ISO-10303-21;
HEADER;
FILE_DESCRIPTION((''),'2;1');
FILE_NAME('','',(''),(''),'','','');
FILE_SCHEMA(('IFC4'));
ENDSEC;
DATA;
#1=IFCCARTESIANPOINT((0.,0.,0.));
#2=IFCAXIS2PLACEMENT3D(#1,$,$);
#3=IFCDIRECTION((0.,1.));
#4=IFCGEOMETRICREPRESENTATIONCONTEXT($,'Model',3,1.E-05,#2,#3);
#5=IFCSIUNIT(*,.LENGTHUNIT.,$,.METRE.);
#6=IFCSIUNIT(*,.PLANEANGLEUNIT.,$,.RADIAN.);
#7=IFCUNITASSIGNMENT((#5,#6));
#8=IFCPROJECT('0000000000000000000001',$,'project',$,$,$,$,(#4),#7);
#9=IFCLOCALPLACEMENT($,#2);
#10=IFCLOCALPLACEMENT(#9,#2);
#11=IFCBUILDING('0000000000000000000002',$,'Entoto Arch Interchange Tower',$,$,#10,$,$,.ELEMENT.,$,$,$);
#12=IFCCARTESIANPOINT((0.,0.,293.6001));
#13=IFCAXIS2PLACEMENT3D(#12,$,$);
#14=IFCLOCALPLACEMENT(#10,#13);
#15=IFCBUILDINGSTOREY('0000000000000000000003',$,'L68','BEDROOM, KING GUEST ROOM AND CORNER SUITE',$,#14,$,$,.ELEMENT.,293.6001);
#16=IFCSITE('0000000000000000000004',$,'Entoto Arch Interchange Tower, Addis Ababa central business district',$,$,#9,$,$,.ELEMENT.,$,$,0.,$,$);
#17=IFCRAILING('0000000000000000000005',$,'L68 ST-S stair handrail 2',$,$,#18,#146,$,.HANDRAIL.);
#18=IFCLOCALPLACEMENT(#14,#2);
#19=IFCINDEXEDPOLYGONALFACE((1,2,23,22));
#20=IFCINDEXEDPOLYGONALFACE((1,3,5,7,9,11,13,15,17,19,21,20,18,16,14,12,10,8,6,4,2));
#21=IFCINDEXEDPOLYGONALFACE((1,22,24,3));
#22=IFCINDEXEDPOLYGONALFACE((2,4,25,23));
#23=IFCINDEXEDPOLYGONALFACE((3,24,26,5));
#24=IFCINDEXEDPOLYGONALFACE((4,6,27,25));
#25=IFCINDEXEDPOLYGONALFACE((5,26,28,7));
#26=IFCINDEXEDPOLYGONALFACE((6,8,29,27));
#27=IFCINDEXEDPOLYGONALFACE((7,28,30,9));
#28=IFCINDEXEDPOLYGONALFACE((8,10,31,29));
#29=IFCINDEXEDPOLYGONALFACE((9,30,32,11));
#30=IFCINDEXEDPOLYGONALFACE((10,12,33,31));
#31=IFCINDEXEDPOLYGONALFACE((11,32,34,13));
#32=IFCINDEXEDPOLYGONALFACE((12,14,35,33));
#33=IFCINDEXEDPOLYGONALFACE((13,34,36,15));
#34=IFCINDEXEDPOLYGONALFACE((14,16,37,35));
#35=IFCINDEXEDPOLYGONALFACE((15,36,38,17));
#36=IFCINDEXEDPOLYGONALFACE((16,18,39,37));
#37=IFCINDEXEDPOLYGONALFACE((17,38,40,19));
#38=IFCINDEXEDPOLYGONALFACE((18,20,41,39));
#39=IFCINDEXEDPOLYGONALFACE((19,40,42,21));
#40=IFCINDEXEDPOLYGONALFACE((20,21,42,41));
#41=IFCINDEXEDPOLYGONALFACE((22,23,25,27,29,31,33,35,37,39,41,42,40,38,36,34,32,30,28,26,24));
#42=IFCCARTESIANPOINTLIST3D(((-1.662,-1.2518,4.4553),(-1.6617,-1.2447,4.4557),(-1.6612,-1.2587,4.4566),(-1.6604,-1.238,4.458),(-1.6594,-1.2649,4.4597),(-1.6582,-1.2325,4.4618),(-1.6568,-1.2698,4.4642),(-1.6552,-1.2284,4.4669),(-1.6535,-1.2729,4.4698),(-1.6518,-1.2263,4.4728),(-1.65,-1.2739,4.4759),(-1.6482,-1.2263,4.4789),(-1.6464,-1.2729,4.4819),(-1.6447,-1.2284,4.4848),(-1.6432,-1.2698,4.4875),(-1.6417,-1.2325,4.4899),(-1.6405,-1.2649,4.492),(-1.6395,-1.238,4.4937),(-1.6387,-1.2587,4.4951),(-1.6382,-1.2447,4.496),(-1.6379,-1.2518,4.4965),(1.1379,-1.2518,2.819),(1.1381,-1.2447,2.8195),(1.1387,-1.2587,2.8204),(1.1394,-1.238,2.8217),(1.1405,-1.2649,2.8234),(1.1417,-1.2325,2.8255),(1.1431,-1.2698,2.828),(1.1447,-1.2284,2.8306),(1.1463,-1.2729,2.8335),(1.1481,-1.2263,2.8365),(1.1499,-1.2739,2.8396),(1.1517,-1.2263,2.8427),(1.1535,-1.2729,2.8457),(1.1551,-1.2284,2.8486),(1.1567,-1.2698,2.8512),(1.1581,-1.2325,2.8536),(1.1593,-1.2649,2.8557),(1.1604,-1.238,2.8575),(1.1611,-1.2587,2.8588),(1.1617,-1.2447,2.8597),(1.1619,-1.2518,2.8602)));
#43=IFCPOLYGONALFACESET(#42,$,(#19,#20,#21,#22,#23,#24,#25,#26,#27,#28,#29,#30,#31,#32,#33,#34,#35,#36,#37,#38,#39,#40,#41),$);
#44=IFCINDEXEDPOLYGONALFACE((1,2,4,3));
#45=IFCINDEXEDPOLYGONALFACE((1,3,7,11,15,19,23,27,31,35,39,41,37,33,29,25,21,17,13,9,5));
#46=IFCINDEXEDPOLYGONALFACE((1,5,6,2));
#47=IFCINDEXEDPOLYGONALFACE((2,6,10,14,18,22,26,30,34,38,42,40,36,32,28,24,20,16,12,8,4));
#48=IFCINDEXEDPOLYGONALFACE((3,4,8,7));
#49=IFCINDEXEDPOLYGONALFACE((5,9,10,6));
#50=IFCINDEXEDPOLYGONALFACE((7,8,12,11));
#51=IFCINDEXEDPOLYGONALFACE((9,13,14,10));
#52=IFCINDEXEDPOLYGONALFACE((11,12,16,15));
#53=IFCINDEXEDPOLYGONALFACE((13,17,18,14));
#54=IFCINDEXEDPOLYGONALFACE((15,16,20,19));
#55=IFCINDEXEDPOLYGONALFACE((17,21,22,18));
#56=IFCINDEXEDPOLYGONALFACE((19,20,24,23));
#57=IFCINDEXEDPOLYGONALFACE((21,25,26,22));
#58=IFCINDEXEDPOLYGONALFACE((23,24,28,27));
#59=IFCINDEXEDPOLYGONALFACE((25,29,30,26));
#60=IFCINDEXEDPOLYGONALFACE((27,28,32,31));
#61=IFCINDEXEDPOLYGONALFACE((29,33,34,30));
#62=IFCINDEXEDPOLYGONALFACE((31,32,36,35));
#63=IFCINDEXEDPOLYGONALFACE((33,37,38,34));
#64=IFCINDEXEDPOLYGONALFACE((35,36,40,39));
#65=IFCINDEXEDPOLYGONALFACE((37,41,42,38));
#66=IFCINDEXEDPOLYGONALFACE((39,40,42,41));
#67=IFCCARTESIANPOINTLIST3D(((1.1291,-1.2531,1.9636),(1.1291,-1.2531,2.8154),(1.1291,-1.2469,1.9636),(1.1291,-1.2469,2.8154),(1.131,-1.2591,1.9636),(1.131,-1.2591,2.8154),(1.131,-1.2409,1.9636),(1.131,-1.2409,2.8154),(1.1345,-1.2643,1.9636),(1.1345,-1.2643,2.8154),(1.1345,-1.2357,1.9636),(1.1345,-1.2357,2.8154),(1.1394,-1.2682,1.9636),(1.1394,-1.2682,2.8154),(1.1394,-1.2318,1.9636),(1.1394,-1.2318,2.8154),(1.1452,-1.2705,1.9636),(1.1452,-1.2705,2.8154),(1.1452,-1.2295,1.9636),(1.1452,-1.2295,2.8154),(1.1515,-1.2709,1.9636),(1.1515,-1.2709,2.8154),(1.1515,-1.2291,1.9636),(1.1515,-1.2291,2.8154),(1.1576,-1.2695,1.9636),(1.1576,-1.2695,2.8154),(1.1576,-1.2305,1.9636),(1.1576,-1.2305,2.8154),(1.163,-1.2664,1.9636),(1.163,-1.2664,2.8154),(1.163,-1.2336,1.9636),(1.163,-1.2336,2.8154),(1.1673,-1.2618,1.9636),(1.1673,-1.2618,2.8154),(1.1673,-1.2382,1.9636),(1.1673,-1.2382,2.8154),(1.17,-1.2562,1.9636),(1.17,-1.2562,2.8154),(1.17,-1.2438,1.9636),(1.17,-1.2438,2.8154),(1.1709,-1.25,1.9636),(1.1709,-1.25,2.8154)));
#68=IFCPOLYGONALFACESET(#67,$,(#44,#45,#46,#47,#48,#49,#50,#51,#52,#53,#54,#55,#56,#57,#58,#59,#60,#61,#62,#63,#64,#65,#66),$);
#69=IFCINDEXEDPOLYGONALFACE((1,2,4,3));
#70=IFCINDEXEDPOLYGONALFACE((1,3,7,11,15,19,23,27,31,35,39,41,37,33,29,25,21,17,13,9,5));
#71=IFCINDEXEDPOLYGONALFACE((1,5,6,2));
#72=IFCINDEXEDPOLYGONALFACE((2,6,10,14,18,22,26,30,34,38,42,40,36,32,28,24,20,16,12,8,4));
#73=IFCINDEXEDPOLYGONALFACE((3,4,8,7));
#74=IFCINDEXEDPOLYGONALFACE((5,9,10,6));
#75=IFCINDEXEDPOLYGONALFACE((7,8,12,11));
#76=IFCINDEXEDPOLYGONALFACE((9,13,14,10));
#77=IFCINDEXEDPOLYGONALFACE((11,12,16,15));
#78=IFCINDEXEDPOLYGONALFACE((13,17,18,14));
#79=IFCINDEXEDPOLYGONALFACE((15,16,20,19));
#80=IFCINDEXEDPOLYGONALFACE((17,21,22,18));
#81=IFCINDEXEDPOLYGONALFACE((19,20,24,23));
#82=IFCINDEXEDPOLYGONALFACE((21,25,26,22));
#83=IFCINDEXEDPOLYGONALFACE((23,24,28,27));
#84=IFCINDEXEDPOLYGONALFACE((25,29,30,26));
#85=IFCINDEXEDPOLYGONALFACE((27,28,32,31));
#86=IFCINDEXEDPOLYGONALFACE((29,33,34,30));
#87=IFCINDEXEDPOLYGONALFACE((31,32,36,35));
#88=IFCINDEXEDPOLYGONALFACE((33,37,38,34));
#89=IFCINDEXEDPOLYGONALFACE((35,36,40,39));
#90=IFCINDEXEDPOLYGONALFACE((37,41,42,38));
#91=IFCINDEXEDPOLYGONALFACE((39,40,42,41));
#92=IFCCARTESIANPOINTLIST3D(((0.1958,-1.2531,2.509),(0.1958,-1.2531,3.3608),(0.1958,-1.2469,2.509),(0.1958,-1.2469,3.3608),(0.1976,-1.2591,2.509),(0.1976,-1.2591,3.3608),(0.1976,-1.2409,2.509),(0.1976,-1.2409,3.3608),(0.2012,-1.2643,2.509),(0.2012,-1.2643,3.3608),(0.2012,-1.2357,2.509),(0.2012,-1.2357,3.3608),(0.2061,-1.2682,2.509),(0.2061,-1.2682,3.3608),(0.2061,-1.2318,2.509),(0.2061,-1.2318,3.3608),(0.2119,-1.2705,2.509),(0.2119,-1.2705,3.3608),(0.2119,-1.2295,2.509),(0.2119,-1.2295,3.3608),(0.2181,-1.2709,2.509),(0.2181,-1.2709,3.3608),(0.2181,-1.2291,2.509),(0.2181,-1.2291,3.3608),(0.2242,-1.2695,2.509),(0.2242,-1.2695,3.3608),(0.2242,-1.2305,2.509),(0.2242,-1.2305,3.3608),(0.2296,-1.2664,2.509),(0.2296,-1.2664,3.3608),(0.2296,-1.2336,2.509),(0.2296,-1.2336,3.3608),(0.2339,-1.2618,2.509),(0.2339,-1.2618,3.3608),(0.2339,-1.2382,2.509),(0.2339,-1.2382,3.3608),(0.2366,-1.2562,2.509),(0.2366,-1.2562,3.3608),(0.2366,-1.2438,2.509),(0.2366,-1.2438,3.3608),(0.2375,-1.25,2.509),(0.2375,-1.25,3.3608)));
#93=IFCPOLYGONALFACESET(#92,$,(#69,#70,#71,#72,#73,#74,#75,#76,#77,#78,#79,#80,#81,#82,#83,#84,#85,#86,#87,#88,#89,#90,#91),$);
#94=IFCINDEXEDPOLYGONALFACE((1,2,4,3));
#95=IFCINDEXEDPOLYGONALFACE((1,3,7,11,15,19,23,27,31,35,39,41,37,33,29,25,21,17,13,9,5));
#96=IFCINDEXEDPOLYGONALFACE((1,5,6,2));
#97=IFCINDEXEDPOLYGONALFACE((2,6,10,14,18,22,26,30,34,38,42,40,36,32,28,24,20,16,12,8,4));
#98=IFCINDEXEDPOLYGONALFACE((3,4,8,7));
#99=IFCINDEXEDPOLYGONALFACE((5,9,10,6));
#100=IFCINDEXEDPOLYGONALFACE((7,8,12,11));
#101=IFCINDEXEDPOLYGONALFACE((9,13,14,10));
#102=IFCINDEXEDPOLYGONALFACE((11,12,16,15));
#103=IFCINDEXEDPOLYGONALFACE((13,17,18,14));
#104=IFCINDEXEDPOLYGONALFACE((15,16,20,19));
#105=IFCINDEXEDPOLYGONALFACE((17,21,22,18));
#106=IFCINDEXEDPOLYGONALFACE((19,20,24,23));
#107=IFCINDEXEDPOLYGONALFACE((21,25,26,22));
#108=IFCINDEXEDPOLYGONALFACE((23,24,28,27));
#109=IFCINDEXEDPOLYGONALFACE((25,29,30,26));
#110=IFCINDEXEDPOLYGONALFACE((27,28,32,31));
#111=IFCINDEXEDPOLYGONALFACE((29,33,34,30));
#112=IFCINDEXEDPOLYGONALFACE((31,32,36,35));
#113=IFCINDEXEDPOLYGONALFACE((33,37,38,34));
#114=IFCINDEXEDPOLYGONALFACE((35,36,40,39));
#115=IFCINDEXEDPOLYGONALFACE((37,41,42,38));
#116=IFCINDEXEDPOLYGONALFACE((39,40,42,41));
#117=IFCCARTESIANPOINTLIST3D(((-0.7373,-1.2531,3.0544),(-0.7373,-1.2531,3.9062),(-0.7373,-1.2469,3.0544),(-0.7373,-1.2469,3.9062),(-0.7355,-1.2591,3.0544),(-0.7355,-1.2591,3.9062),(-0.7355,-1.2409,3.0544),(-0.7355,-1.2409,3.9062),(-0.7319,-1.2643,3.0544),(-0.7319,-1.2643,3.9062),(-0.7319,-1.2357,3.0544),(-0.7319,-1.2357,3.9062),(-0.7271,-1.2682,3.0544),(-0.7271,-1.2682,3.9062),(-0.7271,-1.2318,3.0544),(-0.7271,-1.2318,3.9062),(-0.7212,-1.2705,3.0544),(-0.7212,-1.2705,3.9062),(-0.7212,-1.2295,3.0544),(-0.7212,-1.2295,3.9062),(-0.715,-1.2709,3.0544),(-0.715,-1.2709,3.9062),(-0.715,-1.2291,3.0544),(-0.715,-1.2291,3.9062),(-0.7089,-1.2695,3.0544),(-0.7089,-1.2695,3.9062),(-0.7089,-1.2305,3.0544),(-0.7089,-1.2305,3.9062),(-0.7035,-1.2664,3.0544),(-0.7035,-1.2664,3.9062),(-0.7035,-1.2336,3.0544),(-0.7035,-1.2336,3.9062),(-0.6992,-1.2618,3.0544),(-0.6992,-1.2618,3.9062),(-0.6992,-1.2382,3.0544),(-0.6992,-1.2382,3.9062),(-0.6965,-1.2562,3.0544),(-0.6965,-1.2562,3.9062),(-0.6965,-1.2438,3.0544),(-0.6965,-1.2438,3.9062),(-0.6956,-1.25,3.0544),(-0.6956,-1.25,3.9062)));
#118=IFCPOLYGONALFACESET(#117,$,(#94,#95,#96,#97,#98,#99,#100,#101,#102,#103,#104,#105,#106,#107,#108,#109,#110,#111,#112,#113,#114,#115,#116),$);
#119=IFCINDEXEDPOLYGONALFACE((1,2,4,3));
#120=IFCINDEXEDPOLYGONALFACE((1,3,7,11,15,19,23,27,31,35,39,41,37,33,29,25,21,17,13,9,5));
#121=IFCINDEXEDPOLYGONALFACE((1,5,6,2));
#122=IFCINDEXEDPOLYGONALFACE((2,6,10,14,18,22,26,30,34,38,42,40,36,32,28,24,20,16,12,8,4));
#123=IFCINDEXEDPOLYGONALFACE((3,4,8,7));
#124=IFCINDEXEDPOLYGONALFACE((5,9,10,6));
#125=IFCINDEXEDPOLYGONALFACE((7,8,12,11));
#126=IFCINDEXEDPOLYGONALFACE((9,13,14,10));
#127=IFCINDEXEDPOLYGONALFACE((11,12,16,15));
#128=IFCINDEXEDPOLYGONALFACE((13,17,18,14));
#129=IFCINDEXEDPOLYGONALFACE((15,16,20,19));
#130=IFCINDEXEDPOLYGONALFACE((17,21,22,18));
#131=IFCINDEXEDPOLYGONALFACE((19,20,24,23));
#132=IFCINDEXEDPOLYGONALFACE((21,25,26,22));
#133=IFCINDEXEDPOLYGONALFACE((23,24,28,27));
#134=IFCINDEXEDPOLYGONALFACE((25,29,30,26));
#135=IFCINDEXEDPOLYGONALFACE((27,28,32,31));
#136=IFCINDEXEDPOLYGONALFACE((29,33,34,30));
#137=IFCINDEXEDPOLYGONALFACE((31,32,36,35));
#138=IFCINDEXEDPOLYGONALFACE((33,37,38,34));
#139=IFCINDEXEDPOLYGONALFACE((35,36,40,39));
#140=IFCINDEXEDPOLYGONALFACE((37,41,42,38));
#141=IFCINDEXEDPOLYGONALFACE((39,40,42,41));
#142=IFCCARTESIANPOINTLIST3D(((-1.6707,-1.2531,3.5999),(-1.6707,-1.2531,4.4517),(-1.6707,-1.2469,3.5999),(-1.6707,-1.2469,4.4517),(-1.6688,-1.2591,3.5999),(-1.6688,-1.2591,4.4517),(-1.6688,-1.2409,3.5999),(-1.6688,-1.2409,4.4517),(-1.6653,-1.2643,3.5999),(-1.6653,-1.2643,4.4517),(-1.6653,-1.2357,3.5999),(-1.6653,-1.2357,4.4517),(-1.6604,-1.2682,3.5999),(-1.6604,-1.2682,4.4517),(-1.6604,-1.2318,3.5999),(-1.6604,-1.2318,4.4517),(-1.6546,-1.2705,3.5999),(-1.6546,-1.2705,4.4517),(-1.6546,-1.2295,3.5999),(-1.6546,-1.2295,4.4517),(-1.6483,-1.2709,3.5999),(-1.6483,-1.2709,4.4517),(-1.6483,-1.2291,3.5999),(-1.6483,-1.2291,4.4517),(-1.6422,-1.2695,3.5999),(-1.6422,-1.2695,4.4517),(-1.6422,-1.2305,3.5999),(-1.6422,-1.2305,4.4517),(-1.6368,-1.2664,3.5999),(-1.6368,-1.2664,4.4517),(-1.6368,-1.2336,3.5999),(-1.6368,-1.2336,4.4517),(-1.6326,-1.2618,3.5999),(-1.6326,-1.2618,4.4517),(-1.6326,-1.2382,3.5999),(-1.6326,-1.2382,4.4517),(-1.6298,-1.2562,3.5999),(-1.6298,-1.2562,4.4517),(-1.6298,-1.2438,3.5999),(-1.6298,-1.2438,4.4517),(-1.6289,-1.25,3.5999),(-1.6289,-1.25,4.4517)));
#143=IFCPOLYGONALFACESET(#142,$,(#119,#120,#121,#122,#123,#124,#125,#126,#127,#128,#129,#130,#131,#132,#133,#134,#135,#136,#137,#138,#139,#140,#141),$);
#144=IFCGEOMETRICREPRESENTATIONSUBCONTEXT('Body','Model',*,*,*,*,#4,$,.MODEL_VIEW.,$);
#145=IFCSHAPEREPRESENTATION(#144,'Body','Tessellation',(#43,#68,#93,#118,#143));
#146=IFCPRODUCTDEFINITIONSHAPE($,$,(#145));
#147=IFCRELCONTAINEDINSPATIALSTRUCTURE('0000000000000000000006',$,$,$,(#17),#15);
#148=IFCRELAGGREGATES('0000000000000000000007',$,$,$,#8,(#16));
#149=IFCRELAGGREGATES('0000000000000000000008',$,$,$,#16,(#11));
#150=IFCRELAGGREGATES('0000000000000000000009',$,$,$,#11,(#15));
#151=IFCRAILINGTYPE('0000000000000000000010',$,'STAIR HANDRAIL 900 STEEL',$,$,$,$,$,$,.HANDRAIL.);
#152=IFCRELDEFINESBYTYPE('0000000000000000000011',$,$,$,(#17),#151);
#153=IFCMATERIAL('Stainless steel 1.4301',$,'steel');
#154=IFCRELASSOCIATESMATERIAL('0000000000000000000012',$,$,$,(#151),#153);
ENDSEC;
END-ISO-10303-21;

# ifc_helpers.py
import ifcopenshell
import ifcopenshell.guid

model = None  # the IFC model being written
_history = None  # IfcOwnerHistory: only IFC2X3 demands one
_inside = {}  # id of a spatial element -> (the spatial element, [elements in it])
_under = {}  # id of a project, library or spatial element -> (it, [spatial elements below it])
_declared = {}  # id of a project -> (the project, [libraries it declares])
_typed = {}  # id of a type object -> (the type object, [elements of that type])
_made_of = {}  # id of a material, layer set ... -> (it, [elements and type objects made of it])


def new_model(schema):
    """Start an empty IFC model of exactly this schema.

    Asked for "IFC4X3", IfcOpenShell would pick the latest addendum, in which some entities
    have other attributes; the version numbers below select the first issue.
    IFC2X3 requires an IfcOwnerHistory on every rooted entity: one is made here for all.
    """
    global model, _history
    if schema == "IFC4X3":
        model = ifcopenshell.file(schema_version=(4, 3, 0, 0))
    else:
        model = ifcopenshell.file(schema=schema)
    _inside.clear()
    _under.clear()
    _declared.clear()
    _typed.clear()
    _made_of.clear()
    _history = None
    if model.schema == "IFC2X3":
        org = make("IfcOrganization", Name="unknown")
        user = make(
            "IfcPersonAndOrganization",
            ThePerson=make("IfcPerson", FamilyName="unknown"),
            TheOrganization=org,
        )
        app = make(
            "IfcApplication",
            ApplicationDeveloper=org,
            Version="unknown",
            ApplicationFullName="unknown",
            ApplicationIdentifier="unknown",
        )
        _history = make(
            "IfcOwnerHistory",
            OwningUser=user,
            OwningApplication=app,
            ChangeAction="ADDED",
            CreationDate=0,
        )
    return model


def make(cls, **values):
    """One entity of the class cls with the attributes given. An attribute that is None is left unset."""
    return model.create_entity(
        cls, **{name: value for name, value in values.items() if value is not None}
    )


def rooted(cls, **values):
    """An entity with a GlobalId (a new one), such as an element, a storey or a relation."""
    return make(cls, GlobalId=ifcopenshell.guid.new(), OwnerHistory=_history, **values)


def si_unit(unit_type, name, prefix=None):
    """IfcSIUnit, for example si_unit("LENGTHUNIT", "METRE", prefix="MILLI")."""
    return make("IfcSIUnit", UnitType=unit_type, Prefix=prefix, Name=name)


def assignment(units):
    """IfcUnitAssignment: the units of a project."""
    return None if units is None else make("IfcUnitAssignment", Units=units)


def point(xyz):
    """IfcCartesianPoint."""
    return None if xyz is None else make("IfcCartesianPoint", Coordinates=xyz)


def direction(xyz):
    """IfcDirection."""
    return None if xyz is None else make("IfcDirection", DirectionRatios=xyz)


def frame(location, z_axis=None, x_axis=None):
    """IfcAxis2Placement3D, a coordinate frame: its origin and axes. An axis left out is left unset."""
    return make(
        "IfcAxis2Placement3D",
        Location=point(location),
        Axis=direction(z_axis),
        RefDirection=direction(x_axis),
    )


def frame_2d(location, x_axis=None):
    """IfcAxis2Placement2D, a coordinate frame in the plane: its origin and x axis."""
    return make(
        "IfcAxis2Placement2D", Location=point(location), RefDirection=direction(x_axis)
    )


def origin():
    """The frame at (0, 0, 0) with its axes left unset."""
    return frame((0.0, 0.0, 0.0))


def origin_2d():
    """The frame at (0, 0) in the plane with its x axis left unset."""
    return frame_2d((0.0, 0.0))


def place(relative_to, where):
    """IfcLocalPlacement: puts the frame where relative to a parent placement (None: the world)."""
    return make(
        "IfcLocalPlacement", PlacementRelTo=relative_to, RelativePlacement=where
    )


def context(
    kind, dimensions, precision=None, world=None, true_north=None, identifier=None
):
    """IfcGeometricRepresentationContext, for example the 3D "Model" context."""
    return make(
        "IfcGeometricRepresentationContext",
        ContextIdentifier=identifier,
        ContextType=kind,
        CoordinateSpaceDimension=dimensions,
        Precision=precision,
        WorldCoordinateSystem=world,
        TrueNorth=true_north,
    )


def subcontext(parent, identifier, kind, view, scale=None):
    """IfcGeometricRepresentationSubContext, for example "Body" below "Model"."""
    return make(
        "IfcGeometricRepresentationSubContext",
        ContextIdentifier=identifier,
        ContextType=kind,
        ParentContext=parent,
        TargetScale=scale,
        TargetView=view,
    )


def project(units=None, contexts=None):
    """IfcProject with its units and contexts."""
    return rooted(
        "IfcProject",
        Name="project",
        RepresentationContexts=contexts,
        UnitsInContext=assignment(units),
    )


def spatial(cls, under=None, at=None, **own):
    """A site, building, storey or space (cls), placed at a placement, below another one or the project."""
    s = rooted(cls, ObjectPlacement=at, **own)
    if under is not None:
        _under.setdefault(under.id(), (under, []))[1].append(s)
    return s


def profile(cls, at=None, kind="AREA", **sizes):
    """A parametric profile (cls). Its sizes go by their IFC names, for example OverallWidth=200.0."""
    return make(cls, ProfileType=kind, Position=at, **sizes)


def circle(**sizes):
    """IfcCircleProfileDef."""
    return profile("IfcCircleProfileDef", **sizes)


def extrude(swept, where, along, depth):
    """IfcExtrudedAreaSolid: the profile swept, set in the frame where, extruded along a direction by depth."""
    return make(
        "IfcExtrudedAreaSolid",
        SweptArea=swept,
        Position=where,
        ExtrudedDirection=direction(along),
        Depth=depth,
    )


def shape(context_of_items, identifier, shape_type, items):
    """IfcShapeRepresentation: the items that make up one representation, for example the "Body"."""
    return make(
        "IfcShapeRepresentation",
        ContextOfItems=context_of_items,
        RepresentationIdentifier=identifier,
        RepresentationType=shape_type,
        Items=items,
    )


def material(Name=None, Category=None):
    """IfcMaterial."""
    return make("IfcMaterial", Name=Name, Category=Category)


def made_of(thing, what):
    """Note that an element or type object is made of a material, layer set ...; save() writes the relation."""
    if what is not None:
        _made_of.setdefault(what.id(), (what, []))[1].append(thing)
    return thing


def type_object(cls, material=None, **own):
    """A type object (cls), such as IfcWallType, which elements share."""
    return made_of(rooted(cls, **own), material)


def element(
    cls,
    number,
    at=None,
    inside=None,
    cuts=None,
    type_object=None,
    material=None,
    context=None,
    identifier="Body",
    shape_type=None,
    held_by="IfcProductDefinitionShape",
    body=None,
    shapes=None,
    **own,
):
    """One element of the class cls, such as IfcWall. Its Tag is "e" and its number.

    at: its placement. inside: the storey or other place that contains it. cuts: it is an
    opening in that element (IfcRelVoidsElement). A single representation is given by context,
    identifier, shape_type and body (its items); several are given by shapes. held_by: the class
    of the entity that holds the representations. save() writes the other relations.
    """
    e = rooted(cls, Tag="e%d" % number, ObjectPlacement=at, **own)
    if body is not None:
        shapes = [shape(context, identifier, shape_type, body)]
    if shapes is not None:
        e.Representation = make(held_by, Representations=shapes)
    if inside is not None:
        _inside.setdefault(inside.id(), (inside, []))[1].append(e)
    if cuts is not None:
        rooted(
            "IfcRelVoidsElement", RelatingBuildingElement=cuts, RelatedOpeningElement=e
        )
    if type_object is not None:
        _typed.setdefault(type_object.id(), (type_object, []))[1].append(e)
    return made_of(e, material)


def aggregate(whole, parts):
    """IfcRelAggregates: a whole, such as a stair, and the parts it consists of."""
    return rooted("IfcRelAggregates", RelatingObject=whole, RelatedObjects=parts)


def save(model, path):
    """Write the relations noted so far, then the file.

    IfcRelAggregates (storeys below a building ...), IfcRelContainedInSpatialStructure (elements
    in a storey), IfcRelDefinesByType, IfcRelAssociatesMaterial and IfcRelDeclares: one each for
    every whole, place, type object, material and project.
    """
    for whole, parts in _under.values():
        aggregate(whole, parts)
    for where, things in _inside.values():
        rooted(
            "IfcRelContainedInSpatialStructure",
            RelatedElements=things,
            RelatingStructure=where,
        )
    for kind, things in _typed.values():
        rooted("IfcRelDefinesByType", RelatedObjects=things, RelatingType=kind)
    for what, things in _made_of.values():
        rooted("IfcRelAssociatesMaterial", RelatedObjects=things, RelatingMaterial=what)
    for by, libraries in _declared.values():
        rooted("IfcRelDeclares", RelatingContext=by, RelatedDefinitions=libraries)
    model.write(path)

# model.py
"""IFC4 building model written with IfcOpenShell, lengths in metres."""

from ifc_helpers import new_model, si_unit, direction, frame, origin, origin_2d, place, context, subcontext, project, spatial, circle, extrude, material, type_object, element, save


model = new_model("IFC4")

# Units and contexts
model_context = context("Model", 3, precision=1e-05, world=origin(), true_north=direction((0.0, 1.0)))
body_context = subcontext(model_context, "Body", "Model", "MODEL_VIEW")
ifc_project = project(units=[si_unit("LENGTHUNIT", "METRE"), si_unit("PLANEANGLEUNIT", "RADIAN")], contexts=[model_context])

# Site, building, storey
site_placement = place(None, origin())
site = spatial("IfcSite", under=ifc_project, at=site_placement, Name="Entoto Arch Interchange Tower, Addis Ababa central business district", CompositionType="ELEMENT", RefElevation=0.0)
building_placement = place(site_placement, origin())
building = spatial("IfcBuilding", under=site, at=building_placement, Name="Entoto Arch Interchange Tower", CompositionType="ELEMENT")
storey_placement = place(building_placement, frame((0.0, 0.0, 293.6001)))
storey = spatial("IfcBuildingStorey", under=building, at=storey_placement, Name="L68", Description="BEDROOM, KING GUEST ROOM AND CORNER SUITE", CompositionType="ELEMENT", Elevation=293.6001)

# Railing
ifc_material_1 = material(Name="Stainless steel 1.4301", Category="steel")
railing_type_1 = type_object("IfcRailingType", Name="STAIR HANDRAIL 900 STEEL", PredefinedType="HANDRAIL", material=ifc_material_1)
railing_1_placement = place(storey_placement, frame((1.1499, -1.25, 1.9636)))
element("IfcRailing", 1, at=railing_1_placement, inside=storey, type_object=railing_type_1, Name="L68 ST-S stair handrail 2", PredefinedType="HANDRAIL", context=body_context, shape_type="SweptSolid", body=[
    extrude(circle(Radius=0.0239, at=origin_2d()), frame((0.0, 0.0, 0.876), z_axis=(-0.863374, 0.0, 0.504564), x_axis=(0.0, -1.0, 0.0)), (0.0, 0.0, 1.0), 3.2429),
    extrude(circle(Radius=0.021, at=origin_2d()), origin(), (0.0, 0.0, 1.0), 0.8518),
    extrude(circle(Radius=0.021, at=origin_2d()), frame((-0.9333, 0.0, 0.5454)), (0.0, 0.0, 1.0), 0.8518),
    extrude(circle(Radius=0.021, at=origin_2d()), frame((-1.8665, 0.0, 1.0908)), (0.0, 0.0, 1.0), 0.8518),
    extrude(circle(Radius=0.021, at=origin_2d()), frame((-2.7998, 0.0, 1.6362)), (0.0, 0.0, 1.0), 0.8518),
])

save(model, "model.ifc")
